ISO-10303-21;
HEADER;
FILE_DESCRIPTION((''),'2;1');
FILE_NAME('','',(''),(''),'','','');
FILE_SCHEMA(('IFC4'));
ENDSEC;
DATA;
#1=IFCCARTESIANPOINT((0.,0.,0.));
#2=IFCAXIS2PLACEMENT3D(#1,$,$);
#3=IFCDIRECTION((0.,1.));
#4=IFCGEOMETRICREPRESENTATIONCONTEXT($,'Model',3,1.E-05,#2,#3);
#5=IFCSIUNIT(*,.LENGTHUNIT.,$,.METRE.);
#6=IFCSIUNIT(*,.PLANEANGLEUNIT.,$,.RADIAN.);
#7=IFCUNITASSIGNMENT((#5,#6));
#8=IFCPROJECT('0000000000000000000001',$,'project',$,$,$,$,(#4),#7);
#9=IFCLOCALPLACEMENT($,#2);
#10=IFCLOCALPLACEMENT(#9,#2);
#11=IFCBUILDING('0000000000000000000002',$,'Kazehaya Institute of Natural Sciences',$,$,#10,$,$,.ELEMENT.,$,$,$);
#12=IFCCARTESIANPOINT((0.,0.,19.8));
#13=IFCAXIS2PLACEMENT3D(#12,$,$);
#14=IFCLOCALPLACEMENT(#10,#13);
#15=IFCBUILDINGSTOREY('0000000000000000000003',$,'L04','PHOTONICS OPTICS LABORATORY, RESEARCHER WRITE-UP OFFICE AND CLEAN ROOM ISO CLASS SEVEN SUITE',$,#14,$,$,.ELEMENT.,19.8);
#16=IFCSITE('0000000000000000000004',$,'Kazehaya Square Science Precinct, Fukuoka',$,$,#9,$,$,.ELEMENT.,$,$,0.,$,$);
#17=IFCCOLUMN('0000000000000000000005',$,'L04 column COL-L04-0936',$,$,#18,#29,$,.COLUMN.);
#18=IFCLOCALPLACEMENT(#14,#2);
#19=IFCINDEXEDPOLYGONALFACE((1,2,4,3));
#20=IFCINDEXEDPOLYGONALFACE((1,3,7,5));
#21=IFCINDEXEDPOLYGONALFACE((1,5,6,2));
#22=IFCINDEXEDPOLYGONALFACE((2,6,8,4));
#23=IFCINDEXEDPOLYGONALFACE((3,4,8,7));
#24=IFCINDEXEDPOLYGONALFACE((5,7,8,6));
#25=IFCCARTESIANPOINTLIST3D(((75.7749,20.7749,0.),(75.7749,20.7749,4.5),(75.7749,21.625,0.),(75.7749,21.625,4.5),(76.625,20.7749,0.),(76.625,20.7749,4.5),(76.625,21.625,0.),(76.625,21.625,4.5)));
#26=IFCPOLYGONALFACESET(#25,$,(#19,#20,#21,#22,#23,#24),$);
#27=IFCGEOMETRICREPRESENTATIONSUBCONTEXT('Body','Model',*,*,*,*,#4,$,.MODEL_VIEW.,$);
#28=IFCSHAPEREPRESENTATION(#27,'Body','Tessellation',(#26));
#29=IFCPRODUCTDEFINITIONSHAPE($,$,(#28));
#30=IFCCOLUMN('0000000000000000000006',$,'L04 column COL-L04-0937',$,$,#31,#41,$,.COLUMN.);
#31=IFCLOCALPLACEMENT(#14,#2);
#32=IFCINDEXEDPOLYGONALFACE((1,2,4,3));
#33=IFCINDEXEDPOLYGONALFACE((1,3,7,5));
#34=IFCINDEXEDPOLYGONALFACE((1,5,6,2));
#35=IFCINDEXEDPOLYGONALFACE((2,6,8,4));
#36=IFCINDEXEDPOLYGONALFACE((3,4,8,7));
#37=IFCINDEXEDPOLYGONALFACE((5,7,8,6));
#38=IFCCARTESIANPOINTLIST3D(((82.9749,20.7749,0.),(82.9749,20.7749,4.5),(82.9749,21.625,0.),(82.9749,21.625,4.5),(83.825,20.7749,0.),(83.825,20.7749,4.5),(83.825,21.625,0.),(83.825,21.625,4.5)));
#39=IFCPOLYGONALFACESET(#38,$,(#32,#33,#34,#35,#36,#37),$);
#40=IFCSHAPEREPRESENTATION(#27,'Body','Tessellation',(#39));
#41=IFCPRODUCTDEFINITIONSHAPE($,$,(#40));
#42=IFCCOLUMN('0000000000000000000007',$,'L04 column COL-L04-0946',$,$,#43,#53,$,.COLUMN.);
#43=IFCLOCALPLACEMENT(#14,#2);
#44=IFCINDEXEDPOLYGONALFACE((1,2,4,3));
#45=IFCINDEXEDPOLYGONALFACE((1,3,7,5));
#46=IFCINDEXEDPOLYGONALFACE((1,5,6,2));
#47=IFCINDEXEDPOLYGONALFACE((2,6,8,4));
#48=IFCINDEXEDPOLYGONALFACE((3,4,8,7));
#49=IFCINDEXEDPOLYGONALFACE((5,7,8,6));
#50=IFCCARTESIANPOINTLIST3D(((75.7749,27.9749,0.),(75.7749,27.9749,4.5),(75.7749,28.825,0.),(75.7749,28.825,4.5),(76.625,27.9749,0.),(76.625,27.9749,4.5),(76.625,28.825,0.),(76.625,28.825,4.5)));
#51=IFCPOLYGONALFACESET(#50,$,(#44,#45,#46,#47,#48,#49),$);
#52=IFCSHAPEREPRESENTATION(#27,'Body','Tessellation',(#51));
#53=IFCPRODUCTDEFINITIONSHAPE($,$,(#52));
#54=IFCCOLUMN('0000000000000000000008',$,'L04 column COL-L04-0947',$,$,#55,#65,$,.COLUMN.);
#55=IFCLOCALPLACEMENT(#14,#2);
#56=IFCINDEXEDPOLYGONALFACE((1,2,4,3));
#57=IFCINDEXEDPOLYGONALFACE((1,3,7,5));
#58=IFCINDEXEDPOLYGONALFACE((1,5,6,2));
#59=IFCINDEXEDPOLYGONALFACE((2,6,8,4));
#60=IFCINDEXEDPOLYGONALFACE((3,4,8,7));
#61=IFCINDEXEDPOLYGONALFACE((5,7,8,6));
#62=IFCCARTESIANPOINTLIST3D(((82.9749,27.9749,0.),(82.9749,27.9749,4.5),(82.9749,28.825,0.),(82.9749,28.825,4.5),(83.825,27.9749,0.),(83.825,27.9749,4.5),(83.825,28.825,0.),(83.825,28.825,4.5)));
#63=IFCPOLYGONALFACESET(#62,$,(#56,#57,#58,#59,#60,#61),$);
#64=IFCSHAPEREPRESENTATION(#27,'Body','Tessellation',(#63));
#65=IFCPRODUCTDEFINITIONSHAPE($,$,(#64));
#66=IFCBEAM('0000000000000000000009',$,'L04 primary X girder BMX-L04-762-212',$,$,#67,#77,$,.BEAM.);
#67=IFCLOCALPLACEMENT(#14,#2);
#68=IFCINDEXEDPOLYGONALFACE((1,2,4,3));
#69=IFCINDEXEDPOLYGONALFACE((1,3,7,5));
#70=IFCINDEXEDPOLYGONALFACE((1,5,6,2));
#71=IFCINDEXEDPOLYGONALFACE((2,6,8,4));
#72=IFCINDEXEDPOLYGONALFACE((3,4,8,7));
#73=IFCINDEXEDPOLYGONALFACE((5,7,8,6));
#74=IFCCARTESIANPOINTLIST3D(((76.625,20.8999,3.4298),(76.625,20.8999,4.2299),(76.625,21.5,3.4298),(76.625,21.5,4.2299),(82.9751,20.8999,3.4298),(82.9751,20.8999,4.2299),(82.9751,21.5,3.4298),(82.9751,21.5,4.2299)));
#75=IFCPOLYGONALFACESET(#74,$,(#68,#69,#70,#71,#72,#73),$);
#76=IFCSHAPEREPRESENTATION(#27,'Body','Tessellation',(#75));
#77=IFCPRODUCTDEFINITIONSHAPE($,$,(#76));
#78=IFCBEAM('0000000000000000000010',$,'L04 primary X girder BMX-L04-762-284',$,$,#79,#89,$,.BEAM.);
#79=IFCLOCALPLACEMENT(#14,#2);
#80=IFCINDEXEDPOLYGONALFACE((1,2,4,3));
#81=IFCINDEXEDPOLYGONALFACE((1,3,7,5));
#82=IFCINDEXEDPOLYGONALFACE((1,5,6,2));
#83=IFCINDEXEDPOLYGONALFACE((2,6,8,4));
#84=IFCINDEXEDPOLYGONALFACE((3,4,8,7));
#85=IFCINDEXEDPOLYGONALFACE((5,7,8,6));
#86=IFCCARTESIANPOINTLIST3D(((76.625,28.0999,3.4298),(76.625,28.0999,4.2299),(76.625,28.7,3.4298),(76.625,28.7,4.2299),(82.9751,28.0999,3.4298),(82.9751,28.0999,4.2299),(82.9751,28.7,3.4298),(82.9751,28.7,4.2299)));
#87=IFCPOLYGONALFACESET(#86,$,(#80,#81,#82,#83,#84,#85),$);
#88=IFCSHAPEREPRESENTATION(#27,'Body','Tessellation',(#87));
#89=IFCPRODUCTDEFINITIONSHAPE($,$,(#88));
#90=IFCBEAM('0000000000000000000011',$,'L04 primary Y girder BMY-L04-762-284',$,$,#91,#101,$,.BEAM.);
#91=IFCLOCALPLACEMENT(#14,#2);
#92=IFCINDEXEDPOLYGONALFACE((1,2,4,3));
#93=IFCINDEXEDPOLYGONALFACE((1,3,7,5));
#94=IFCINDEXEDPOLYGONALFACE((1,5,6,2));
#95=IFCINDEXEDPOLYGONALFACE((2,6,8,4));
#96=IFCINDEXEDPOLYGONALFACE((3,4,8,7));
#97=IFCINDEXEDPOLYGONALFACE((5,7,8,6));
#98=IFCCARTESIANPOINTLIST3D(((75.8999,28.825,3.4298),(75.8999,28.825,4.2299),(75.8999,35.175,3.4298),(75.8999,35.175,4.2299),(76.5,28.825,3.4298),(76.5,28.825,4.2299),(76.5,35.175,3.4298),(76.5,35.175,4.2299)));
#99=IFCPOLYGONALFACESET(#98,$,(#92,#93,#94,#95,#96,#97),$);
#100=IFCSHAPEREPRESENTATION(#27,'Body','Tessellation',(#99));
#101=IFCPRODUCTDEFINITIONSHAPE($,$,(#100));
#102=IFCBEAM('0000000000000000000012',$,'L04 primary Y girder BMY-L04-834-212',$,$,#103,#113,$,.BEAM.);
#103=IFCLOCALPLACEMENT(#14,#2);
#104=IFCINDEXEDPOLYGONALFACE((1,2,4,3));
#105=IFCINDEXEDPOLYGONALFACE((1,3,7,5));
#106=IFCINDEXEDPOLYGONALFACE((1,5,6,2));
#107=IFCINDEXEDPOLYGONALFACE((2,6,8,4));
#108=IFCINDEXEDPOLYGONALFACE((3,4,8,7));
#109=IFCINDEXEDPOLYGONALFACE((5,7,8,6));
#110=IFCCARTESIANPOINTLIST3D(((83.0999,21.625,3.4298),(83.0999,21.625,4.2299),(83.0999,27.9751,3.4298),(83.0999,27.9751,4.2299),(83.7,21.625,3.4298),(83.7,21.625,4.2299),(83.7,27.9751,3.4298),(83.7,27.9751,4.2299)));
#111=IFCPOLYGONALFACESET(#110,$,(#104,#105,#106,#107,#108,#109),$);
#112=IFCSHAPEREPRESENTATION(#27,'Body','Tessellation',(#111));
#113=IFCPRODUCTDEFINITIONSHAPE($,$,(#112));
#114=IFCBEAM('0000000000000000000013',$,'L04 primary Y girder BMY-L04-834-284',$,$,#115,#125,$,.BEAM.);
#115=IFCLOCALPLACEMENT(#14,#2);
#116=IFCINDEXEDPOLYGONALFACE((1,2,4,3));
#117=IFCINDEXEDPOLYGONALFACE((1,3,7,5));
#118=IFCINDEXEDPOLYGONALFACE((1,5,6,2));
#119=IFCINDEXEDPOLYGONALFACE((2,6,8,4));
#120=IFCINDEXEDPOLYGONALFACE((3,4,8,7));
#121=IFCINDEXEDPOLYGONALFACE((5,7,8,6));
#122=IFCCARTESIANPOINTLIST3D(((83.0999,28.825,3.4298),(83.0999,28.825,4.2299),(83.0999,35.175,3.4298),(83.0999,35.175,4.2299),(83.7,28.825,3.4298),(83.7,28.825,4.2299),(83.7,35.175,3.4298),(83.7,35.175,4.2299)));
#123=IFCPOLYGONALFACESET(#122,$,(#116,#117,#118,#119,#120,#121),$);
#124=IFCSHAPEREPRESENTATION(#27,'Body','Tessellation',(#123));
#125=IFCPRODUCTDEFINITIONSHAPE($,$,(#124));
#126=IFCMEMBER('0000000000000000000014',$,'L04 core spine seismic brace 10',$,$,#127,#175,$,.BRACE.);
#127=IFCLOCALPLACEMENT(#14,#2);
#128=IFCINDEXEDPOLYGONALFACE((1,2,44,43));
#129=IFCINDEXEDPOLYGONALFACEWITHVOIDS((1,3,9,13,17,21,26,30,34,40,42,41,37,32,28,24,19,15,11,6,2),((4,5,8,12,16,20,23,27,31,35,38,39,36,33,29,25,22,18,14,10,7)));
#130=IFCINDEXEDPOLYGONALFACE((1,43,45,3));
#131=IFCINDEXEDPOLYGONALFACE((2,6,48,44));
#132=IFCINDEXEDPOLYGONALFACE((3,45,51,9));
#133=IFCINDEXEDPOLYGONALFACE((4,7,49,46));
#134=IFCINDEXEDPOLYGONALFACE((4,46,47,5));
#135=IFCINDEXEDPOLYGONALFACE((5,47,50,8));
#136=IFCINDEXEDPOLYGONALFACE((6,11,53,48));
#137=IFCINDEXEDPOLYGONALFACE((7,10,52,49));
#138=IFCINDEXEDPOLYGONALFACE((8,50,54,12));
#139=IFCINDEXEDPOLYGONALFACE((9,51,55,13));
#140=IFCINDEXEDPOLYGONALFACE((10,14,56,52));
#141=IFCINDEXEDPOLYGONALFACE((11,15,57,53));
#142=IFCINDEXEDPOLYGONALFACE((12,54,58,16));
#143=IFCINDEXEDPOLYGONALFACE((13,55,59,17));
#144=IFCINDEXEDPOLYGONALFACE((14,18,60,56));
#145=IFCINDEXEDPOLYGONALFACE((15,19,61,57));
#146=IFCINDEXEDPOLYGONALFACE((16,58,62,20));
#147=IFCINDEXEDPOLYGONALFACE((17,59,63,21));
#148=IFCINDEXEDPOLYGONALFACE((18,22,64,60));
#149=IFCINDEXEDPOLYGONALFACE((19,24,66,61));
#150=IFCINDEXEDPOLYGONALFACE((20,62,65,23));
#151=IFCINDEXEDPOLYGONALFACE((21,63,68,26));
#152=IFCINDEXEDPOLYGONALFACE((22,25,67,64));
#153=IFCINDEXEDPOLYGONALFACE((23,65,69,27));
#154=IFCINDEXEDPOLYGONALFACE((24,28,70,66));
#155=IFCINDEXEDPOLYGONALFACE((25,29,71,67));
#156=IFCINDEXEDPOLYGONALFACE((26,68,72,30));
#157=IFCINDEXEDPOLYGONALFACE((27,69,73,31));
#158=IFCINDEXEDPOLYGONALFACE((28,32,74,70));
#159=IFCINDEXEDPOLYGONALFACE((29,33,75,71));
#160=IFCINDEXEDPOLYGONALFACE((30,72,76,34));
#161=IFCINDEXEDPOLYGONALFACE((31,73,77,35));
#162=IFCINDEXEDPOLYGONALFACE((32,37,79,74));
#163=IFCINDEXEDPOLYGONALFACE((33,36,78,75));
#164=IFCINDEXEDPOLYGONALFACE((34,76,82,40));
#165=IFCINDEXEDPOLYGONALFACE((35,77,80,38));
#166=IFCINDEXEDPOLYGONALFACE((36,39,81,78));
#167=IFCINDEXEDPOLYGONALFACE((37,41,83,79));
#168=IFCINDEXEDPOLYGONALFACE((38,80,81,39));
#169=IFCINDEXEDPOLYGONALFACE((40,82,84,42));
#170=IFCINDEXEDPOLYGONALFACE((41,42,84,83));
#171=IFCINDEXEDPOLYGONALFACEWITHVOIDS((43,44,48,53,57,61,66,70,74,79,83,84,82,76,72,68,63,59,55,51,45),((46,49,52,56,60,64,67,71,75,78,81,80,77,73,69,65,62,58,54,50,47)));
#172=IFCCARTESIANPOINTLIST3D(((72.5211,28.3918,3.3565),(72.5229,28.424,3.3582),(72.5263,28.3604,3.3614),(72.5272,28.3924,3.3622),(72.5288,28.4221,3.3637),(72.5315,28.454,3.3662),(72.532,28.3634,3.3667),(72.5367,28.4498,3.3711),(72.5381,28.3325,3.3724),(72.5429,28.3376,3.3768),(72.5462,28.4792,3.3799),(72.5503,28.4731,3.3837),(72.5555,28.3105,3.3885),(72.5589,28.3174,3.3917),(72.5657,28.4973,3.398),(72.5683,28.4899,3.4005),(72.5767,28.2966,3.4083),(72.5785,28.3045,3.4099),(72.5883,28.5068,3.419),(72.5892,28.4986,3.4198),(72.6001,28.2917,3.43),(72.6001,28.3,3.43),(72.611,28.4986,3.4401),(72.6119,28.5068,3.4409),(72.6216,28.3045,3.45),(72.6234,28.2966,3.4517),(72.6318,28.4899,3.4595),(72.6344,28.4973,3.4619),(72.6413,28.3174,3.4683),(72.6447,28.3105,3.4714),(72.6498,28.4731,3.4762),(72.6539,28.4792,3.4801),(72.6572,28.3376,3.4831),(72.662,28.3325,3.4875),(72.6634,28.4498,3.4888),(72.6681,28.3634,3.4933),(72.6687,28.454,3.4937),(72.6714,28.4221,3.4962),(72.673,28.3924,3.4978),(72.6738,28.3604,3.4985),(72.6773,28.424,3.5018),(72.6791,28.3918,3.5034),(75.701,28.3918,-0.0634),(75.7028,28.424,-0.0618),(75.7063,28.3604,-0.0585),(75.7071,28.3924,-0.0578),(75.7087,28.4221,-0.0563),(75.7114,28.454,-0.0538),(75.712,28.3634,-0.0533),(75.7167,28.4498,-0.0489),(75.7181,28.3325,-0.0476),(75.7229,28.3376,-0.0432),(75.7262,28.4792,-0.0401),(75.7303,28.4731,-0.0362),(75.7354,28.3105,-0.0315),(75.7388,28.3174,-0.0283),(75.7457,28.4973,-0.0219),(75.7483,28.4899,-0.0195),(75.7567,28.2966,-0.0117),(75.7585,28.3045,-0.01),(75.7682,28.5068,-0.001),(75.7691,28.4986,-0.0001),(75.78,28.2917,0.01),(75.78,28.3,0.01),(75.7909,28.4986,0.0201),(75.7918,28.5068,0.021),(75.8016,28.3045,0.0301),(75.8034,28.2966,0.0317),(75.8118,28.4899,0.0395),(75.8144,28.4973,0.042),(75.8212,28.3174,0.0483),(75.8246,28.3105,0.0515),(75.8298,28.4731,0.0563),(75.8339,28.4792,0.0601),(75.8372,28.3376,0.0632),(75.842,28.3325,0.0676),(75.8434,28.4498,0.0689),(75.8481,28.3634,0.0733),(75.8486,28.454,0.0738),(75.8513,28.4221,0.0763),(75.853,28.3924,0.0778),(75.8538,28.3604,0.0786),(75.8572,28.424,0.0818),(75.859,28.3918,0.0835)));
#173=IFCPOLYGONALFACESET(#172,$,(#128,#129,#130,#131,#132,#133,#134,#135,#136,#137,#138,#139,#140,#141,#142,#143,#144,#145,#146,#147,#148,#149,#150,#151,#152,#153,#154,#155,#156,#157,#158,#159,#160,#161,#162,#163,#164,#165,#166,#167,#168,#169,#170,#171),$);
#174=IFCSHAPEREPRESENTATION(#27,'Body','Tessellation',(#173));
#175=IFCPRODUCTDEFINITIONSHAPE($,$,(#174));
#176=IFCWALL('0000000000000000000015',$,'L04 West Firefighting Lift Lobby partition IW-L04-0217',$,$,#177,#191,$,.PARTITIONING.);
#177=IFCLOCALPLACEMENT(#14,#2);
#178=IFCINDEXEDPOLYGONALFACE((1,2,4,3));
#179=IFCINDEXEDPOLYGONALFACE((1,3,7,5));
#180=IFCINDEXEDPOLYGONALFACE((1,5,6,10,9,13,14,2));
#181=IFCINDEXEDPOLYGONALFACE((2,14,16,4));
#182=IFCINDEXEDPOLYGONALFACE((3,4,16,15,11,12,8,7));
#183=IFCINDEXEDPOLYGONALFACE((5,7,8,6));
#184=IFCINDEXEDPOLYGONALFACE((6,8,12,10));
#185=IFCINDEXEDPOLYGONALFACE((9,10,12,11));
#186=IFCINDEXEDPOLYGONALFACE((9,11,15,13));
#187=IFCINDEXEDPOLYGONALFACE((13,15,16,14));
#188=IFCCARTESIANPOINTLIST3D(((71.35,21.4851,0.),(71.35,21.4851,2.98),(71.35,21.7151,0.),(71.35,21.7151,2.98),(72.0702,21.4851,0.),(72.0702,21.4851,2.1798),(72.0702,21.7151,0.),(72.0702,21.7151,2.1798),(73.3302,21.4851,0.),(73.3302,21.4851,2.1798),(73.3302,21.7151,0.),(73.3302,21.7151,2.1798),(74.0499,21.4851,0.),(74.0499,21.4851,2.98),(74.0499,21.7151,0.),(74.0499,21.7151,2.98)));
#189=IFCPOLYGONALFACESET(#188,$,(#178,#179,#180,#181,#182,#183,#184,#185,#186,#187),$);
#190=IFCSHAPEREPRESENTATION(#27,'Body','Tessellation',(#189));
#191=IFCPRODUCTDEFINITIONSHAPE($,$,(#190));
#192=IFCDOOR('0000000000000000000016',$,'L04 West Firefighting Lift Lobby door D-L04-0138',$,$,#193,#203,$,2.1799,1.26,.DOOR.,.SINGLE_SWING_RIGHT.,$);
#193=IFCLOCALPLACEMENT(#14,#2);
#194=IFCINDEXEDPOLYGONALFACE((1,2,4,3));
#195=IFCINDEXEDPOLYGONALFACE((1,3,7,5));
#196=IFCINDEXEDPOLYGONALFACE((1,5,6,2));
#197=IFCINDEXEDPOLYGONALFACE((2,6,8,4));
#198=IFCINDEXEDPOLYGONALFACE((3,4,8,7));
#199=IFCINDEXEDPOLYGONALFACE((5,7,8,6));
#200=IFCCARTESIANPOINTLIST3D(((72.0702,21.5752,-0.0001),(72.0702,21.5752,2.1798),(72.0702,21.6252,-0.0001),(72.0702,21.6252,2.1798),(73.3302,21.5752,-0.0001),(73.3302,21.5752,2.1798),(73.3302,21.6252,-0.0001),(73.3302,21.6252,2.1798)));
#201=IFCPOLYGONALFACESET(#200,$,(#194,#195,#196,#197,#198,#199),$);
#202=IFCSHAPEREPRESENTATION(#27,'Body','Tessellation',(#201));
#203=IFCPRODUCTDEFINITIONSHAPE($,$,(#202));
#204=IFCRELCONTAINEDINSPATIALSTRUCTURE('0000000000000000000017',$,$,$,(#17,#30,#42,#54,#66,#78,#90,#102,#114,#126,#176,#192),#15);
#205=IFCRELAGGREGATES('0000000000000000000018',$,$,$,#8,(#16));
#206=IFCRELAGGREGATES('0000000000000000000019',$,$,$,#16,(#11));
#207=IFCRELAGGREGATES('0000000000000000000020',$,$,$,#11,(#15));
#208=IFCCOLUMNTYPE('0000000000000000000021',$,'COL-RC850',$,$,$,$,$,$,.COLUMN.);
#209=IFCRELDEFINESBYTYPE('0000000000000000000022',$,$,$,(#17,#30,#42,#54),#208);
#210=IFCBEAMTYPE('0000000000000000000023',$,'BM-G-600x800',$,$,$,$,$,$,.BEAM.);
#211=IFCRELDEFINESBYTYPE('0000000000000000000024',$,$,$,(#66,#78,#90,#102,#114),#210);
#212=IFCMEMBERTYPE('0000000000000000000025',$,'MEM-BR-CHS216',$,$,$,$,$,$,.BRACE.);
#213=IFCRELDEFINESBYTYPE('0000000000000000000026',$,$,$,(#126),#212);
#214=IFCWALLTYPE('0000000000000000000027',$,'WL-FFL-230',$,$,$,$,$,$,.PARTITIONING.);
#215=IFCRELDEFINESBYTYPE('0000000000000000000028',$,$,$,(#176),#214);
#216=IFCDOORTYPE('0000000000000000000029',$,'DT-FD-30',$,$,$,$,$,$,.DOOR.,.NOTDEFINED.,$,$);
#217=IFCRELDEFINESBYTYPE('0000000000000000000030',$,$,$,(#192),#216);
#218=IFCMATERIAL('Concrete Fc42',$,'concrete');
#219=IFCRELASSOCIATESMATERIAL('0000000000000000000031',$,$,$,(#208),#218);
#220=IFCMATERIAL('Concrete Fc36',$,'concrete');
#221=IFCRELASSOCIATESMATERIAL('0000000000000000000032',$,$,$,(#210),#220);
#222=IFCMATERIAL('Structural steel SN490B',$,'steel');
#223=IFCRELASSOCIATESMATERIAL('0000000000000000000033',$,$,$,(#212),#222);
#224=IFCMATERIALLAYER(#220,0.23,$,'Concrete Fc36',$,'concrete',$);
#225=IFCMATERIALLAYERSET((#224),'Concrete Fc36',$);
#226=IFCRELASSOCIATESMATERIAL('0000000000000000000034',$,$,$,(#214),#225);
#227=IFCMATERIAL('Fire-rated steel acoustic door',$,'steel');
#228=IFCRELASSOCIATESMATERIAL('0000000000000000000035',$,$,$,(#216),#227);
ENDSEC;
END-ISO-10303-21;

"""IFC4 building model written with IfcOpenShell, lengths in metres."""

from ifc_helpers import new_model, si_unit, direction, frame, frame_2d, origin, origin_2d, place, context, subcontext, project, spatial, rectangle, hollow_circle, extrude, material, layer, layer_set, material_profile, profile_set, type_object, element, fill, save


model = new_model("IFC4")

# Units and contexts
model_context = context("Model", 3, precision=1e-05, world=origin(), true_north=direction((0.0, 1.0)))
body_context = subcontext(model_context, "Body", "Model", "MODEL_VIEW")
ifc_project = project(units=[si_unit("LENGTHUNIT", "METRE"), si_unit("PLANEANGLEUNIT", "RADIAN")], contexts=[model_context])

# Site, building, storey
site_placement = place(None, origin())
site = spatial("IfcSite", under=ifc_project, at=site_placement, Name="Kazehaya Square Science Precinct, Fukuoka", CompositionType="ELEMENT", RefElevation=0.0)
building_placement = place(site_placement, origin())
building = spatial("IfcBuilding", under=site, at=building_placement, Name="Kazehaya Institute of Natural Sciences", CompositionType="ELEMENT")
storey_placement = place(building_placement, frame((0.0, 0.0, 19.8)))
storey = spatial("IfcBuildingStorey", under=building, at=storey_placement, Name="L04", Description="PHOTONICS OPTICS LABORATORY, RESEARCHER WRITE-UP OFFICE AND CLEAN ROOM ISO CLASS SEVEN SUITE", CompositionType="ELEMENT", Elevation=19.8)

# Columns
ifc_material_1 = material(Name="Concrete Fc42", Category="concrete")
ifc_material_profile_1 = material_profile(ifc_material_1, rectangle(XDim=0.8501, YDim=0.8501, at=origin_2d()), Name="RC-850x850")
ifc_profile_set_1 = profile_set([ifc_material_profile_1], Name="Concrete Fc42")
column_type = type_object("IfcColumnType", Name="COL-RC850", PredefinedType="COLUMN", material=ifc_profile_set_1)
for number, where, z_axis, x_axis, name in (
    (1, (76.2, 21.2, 0.0), (0.0, 0.0, 1.0), (1.0, 0.0, 0.0), "L04 column COL-L04-0936"),
    (2, (83.3999, 21.2, 0.0), (0.0, 0.0, 1.0), (1.0, 0.0, 0.0), "L04 column COL-L04-0937"),
    (3, (76.2, 28.3999, 0.0), (0.0, 0.0, 1.0), (1.0, 0.0, 0.0), "L04 column COL-L04-0946"),
    (4, (83.3999, 28.3999, 0.0), (0.0, 0.0, 1.0), (1.0, 0.0, 0.0), "L04 column COL-L04-0947"),
):
    element("IfcColumn", number, at=place(storey_placement, frame(where, z_axis=z_axis, x_axis=x_axis)), inside=storey, type_object=column_type, Name=name, PredefinedType="COLUMN", context=body_context, shape_type="SweptSolid", body=[
        extrude(rectangle(XDim=0.8501, YDim=0.8501, at=origin_2d()), origin(), (0.0, 0.0, 1.0), 4.5),
    ])

# Beams
ifc_material_2 = material(Name="Concrete Fc36", Category="concrete")
ifc_material_profile_2 = material_profile(ifc_material_2, rectangle(XDim=0.6001, YDim=0.8, at=origin_2d()), Name="RC-600x800")
ifc_profile_set_2 = profile_set([ifc_material_profile_2], Name="Concrete Fc36")
beam_type = type_object("IfcBeamType", Name="BM-G-600x800", PredefinedType="BEAM", material=ifc_profile_set_2)
for number, where, z_axis, x_axis, name in (
    (5, (76.625, 21.2, 3.8298), (1.0, 0.0, 0.0), (0.0, 1.0, 0.0), "L04 primary X girder BMX-L04-762-212"),
    (6, (76.625, 28.3999, 3.8298), (1.0, 0.0, 0.0), (0.0, 1.0, 0.0), "L04 primary X girder BMX-L04-762-284"),
    (7, (76.2, 28.825, 3.8298), (0.0, 1.0, 0.0), (-1.0, 0.0, 0.0), "L04 primary Y girder BMY-L04-762-284"),
    (8, (83.3999, 21.625, 3.8298), (0.0, 1.0, 0.0), (-1.0, 0.0, 0.0), "L04 primary Y girder BMY-L04-834-212"),
    (9, (83.3999, 28.825, 3.8298), (0.0, 1.0, 0.0), (-1.0, 0.0, 0.0), "L04 primary Y girder BMY-L04-834-284"),
):
    element("IfcBeam", number, at=place(storey_placement, frame(where, z_axis=z_axis, x_axis=x_axis)), inside=storey, type_object=beam_type, Name=name, PredefinedType="BEAM", context=body_context, shape_type="SweptSolid", body=[
        extrude(rectangle(XDim=0.6001, YDim=0.8, at=origin_2d()), origin(), (0.0, 0.0, 1.0), 6.3501),
    ])

# Member
ifc_material_3 = material(Name="Structural steel SN490B", Category="steel")
ifc_material_profile_3 = material_profile(ifc_material_3, hollow_circle(Radius=0.1082, WallThickness=0.0083, at=origin_2d()), Name="CHS-216.3x8.2")
ifc_profile_set_3 = profile_set([ifc_material_profile_3], Name="Structural steel SN490B")
member_type = type_object("IfcMemberType", Name="MEM-BR-CHS216", PredefinedType="BRACE", material=ifc_profile_set_3)
member_placement = place(storey_placement, frame((75.78, 28.3999, 0.01), z_axis=(-0.680944, 0.0, 0.732335), x_axis=(0.0, -1.0, 0.0)))
element("IfcMember", 10, at=member_placement, inside=storey, type_object=member_type, Name="L04 core spine seismic brace 10", PredefinedType="BRACE", context=body_context, shape_type="SweptSolid", body=[
    extrude(hollow_circle(Radius=0.1082, WallThickness=0.0083, at=origin_2d()), origin(), (0.0, 0.0, 1.0), 4.6699),
])

# Wall, opening, door
ifc_layer_1 = layer(ifc_material_2, 0.23, Name="Concrete Fc36", Category="concrete")
ifc_layer_set_1 = layer_set([ifc_layer_1], Name="Concrete Fc36")
wall_type_1 = type_object("IfcWallType", Name="WL-FFL-230", PredefinedType="PARTITIONING", material=ifc_layer_set_1)
wall_1_placement = place(storey_placement, frame((74.05, 21.6001, 0.0), z_axis=(0.0, 0.0, 1.0), x_axis=(-1.0, 0.0, 0.0)))
wall_1 = element("IfcWall", 11, at=wall_1_placement, inside=storey, type_object=wall_type_1, Name="L04 West Firefighting Lift Lobby partition IW-L04-0217", PredefinedType="PARTITIONING", context=body_context, shape_type="SweptSolid", body=[
    extrude(rectangle(XDim=2.7, YDim=0.23, at=frame_2d((1.3501, 0.0))), origin(), (0.0, 0.0, 1.0), 2.98),
])
opening_1_placement = place(wall_1_placement, frame((0.72, 0.0, 0.0)))
opening_1 = element("IfcOpeningElement", 12, at=opening_1_placement, cuts=wall_1, PredefinedType="OPENING", context=body_context, shape_type="SweptSolid", body=[
    extrude(rectangle(XDim=1.26, YDim=2.1799, at=frame_2d((0.6299, 1.0898))), frame((0.0, 0.125, 0.0), z_axis=(0.0, -1.0, 0.0), x_axis=(1.0, 0.0, 0.0)), (0.0, 0.0, 1.0), 0.25),
])
ifc_material_4 = material(Name="Fire-rated steel acoustic door", Category="steel")
door_type_1 = type_object("IfcDoorType", Name="DT-FD-30", OperationType="NOTDEFINED", PredefinedType="DOOR", material=ifc_material_4)
door_1_placement = place(opening_1_placement, origin())
door_1 = element("IfcDoor", 13, at=door_1_placement, inside=storey, type_object=door_type_1, Name="L04 West Firefighting Lift Lobby door D-L04-0138", OperationType="SINGLE_SWING_RIGHT", OverallHeight=2.1799, OverallWidth=1.26, PredefinedType="DOOR", context=body_context, shape_type="SweptSolid", body=[
    extrude(rectangle(XDim=1.26, YDim=2.1799, at=frame_2d((0.6299, 1.0898))), frame((0.0, 0.0249, 0.0), z_axis=(0.0, -1.0, 0.0), x_axis=(1.0, 0.0, 0.0)), (0.0, 0.0, 1.0), 0.05),
])
fill(opening_1, door_1)

save(model, "model.ifc")
